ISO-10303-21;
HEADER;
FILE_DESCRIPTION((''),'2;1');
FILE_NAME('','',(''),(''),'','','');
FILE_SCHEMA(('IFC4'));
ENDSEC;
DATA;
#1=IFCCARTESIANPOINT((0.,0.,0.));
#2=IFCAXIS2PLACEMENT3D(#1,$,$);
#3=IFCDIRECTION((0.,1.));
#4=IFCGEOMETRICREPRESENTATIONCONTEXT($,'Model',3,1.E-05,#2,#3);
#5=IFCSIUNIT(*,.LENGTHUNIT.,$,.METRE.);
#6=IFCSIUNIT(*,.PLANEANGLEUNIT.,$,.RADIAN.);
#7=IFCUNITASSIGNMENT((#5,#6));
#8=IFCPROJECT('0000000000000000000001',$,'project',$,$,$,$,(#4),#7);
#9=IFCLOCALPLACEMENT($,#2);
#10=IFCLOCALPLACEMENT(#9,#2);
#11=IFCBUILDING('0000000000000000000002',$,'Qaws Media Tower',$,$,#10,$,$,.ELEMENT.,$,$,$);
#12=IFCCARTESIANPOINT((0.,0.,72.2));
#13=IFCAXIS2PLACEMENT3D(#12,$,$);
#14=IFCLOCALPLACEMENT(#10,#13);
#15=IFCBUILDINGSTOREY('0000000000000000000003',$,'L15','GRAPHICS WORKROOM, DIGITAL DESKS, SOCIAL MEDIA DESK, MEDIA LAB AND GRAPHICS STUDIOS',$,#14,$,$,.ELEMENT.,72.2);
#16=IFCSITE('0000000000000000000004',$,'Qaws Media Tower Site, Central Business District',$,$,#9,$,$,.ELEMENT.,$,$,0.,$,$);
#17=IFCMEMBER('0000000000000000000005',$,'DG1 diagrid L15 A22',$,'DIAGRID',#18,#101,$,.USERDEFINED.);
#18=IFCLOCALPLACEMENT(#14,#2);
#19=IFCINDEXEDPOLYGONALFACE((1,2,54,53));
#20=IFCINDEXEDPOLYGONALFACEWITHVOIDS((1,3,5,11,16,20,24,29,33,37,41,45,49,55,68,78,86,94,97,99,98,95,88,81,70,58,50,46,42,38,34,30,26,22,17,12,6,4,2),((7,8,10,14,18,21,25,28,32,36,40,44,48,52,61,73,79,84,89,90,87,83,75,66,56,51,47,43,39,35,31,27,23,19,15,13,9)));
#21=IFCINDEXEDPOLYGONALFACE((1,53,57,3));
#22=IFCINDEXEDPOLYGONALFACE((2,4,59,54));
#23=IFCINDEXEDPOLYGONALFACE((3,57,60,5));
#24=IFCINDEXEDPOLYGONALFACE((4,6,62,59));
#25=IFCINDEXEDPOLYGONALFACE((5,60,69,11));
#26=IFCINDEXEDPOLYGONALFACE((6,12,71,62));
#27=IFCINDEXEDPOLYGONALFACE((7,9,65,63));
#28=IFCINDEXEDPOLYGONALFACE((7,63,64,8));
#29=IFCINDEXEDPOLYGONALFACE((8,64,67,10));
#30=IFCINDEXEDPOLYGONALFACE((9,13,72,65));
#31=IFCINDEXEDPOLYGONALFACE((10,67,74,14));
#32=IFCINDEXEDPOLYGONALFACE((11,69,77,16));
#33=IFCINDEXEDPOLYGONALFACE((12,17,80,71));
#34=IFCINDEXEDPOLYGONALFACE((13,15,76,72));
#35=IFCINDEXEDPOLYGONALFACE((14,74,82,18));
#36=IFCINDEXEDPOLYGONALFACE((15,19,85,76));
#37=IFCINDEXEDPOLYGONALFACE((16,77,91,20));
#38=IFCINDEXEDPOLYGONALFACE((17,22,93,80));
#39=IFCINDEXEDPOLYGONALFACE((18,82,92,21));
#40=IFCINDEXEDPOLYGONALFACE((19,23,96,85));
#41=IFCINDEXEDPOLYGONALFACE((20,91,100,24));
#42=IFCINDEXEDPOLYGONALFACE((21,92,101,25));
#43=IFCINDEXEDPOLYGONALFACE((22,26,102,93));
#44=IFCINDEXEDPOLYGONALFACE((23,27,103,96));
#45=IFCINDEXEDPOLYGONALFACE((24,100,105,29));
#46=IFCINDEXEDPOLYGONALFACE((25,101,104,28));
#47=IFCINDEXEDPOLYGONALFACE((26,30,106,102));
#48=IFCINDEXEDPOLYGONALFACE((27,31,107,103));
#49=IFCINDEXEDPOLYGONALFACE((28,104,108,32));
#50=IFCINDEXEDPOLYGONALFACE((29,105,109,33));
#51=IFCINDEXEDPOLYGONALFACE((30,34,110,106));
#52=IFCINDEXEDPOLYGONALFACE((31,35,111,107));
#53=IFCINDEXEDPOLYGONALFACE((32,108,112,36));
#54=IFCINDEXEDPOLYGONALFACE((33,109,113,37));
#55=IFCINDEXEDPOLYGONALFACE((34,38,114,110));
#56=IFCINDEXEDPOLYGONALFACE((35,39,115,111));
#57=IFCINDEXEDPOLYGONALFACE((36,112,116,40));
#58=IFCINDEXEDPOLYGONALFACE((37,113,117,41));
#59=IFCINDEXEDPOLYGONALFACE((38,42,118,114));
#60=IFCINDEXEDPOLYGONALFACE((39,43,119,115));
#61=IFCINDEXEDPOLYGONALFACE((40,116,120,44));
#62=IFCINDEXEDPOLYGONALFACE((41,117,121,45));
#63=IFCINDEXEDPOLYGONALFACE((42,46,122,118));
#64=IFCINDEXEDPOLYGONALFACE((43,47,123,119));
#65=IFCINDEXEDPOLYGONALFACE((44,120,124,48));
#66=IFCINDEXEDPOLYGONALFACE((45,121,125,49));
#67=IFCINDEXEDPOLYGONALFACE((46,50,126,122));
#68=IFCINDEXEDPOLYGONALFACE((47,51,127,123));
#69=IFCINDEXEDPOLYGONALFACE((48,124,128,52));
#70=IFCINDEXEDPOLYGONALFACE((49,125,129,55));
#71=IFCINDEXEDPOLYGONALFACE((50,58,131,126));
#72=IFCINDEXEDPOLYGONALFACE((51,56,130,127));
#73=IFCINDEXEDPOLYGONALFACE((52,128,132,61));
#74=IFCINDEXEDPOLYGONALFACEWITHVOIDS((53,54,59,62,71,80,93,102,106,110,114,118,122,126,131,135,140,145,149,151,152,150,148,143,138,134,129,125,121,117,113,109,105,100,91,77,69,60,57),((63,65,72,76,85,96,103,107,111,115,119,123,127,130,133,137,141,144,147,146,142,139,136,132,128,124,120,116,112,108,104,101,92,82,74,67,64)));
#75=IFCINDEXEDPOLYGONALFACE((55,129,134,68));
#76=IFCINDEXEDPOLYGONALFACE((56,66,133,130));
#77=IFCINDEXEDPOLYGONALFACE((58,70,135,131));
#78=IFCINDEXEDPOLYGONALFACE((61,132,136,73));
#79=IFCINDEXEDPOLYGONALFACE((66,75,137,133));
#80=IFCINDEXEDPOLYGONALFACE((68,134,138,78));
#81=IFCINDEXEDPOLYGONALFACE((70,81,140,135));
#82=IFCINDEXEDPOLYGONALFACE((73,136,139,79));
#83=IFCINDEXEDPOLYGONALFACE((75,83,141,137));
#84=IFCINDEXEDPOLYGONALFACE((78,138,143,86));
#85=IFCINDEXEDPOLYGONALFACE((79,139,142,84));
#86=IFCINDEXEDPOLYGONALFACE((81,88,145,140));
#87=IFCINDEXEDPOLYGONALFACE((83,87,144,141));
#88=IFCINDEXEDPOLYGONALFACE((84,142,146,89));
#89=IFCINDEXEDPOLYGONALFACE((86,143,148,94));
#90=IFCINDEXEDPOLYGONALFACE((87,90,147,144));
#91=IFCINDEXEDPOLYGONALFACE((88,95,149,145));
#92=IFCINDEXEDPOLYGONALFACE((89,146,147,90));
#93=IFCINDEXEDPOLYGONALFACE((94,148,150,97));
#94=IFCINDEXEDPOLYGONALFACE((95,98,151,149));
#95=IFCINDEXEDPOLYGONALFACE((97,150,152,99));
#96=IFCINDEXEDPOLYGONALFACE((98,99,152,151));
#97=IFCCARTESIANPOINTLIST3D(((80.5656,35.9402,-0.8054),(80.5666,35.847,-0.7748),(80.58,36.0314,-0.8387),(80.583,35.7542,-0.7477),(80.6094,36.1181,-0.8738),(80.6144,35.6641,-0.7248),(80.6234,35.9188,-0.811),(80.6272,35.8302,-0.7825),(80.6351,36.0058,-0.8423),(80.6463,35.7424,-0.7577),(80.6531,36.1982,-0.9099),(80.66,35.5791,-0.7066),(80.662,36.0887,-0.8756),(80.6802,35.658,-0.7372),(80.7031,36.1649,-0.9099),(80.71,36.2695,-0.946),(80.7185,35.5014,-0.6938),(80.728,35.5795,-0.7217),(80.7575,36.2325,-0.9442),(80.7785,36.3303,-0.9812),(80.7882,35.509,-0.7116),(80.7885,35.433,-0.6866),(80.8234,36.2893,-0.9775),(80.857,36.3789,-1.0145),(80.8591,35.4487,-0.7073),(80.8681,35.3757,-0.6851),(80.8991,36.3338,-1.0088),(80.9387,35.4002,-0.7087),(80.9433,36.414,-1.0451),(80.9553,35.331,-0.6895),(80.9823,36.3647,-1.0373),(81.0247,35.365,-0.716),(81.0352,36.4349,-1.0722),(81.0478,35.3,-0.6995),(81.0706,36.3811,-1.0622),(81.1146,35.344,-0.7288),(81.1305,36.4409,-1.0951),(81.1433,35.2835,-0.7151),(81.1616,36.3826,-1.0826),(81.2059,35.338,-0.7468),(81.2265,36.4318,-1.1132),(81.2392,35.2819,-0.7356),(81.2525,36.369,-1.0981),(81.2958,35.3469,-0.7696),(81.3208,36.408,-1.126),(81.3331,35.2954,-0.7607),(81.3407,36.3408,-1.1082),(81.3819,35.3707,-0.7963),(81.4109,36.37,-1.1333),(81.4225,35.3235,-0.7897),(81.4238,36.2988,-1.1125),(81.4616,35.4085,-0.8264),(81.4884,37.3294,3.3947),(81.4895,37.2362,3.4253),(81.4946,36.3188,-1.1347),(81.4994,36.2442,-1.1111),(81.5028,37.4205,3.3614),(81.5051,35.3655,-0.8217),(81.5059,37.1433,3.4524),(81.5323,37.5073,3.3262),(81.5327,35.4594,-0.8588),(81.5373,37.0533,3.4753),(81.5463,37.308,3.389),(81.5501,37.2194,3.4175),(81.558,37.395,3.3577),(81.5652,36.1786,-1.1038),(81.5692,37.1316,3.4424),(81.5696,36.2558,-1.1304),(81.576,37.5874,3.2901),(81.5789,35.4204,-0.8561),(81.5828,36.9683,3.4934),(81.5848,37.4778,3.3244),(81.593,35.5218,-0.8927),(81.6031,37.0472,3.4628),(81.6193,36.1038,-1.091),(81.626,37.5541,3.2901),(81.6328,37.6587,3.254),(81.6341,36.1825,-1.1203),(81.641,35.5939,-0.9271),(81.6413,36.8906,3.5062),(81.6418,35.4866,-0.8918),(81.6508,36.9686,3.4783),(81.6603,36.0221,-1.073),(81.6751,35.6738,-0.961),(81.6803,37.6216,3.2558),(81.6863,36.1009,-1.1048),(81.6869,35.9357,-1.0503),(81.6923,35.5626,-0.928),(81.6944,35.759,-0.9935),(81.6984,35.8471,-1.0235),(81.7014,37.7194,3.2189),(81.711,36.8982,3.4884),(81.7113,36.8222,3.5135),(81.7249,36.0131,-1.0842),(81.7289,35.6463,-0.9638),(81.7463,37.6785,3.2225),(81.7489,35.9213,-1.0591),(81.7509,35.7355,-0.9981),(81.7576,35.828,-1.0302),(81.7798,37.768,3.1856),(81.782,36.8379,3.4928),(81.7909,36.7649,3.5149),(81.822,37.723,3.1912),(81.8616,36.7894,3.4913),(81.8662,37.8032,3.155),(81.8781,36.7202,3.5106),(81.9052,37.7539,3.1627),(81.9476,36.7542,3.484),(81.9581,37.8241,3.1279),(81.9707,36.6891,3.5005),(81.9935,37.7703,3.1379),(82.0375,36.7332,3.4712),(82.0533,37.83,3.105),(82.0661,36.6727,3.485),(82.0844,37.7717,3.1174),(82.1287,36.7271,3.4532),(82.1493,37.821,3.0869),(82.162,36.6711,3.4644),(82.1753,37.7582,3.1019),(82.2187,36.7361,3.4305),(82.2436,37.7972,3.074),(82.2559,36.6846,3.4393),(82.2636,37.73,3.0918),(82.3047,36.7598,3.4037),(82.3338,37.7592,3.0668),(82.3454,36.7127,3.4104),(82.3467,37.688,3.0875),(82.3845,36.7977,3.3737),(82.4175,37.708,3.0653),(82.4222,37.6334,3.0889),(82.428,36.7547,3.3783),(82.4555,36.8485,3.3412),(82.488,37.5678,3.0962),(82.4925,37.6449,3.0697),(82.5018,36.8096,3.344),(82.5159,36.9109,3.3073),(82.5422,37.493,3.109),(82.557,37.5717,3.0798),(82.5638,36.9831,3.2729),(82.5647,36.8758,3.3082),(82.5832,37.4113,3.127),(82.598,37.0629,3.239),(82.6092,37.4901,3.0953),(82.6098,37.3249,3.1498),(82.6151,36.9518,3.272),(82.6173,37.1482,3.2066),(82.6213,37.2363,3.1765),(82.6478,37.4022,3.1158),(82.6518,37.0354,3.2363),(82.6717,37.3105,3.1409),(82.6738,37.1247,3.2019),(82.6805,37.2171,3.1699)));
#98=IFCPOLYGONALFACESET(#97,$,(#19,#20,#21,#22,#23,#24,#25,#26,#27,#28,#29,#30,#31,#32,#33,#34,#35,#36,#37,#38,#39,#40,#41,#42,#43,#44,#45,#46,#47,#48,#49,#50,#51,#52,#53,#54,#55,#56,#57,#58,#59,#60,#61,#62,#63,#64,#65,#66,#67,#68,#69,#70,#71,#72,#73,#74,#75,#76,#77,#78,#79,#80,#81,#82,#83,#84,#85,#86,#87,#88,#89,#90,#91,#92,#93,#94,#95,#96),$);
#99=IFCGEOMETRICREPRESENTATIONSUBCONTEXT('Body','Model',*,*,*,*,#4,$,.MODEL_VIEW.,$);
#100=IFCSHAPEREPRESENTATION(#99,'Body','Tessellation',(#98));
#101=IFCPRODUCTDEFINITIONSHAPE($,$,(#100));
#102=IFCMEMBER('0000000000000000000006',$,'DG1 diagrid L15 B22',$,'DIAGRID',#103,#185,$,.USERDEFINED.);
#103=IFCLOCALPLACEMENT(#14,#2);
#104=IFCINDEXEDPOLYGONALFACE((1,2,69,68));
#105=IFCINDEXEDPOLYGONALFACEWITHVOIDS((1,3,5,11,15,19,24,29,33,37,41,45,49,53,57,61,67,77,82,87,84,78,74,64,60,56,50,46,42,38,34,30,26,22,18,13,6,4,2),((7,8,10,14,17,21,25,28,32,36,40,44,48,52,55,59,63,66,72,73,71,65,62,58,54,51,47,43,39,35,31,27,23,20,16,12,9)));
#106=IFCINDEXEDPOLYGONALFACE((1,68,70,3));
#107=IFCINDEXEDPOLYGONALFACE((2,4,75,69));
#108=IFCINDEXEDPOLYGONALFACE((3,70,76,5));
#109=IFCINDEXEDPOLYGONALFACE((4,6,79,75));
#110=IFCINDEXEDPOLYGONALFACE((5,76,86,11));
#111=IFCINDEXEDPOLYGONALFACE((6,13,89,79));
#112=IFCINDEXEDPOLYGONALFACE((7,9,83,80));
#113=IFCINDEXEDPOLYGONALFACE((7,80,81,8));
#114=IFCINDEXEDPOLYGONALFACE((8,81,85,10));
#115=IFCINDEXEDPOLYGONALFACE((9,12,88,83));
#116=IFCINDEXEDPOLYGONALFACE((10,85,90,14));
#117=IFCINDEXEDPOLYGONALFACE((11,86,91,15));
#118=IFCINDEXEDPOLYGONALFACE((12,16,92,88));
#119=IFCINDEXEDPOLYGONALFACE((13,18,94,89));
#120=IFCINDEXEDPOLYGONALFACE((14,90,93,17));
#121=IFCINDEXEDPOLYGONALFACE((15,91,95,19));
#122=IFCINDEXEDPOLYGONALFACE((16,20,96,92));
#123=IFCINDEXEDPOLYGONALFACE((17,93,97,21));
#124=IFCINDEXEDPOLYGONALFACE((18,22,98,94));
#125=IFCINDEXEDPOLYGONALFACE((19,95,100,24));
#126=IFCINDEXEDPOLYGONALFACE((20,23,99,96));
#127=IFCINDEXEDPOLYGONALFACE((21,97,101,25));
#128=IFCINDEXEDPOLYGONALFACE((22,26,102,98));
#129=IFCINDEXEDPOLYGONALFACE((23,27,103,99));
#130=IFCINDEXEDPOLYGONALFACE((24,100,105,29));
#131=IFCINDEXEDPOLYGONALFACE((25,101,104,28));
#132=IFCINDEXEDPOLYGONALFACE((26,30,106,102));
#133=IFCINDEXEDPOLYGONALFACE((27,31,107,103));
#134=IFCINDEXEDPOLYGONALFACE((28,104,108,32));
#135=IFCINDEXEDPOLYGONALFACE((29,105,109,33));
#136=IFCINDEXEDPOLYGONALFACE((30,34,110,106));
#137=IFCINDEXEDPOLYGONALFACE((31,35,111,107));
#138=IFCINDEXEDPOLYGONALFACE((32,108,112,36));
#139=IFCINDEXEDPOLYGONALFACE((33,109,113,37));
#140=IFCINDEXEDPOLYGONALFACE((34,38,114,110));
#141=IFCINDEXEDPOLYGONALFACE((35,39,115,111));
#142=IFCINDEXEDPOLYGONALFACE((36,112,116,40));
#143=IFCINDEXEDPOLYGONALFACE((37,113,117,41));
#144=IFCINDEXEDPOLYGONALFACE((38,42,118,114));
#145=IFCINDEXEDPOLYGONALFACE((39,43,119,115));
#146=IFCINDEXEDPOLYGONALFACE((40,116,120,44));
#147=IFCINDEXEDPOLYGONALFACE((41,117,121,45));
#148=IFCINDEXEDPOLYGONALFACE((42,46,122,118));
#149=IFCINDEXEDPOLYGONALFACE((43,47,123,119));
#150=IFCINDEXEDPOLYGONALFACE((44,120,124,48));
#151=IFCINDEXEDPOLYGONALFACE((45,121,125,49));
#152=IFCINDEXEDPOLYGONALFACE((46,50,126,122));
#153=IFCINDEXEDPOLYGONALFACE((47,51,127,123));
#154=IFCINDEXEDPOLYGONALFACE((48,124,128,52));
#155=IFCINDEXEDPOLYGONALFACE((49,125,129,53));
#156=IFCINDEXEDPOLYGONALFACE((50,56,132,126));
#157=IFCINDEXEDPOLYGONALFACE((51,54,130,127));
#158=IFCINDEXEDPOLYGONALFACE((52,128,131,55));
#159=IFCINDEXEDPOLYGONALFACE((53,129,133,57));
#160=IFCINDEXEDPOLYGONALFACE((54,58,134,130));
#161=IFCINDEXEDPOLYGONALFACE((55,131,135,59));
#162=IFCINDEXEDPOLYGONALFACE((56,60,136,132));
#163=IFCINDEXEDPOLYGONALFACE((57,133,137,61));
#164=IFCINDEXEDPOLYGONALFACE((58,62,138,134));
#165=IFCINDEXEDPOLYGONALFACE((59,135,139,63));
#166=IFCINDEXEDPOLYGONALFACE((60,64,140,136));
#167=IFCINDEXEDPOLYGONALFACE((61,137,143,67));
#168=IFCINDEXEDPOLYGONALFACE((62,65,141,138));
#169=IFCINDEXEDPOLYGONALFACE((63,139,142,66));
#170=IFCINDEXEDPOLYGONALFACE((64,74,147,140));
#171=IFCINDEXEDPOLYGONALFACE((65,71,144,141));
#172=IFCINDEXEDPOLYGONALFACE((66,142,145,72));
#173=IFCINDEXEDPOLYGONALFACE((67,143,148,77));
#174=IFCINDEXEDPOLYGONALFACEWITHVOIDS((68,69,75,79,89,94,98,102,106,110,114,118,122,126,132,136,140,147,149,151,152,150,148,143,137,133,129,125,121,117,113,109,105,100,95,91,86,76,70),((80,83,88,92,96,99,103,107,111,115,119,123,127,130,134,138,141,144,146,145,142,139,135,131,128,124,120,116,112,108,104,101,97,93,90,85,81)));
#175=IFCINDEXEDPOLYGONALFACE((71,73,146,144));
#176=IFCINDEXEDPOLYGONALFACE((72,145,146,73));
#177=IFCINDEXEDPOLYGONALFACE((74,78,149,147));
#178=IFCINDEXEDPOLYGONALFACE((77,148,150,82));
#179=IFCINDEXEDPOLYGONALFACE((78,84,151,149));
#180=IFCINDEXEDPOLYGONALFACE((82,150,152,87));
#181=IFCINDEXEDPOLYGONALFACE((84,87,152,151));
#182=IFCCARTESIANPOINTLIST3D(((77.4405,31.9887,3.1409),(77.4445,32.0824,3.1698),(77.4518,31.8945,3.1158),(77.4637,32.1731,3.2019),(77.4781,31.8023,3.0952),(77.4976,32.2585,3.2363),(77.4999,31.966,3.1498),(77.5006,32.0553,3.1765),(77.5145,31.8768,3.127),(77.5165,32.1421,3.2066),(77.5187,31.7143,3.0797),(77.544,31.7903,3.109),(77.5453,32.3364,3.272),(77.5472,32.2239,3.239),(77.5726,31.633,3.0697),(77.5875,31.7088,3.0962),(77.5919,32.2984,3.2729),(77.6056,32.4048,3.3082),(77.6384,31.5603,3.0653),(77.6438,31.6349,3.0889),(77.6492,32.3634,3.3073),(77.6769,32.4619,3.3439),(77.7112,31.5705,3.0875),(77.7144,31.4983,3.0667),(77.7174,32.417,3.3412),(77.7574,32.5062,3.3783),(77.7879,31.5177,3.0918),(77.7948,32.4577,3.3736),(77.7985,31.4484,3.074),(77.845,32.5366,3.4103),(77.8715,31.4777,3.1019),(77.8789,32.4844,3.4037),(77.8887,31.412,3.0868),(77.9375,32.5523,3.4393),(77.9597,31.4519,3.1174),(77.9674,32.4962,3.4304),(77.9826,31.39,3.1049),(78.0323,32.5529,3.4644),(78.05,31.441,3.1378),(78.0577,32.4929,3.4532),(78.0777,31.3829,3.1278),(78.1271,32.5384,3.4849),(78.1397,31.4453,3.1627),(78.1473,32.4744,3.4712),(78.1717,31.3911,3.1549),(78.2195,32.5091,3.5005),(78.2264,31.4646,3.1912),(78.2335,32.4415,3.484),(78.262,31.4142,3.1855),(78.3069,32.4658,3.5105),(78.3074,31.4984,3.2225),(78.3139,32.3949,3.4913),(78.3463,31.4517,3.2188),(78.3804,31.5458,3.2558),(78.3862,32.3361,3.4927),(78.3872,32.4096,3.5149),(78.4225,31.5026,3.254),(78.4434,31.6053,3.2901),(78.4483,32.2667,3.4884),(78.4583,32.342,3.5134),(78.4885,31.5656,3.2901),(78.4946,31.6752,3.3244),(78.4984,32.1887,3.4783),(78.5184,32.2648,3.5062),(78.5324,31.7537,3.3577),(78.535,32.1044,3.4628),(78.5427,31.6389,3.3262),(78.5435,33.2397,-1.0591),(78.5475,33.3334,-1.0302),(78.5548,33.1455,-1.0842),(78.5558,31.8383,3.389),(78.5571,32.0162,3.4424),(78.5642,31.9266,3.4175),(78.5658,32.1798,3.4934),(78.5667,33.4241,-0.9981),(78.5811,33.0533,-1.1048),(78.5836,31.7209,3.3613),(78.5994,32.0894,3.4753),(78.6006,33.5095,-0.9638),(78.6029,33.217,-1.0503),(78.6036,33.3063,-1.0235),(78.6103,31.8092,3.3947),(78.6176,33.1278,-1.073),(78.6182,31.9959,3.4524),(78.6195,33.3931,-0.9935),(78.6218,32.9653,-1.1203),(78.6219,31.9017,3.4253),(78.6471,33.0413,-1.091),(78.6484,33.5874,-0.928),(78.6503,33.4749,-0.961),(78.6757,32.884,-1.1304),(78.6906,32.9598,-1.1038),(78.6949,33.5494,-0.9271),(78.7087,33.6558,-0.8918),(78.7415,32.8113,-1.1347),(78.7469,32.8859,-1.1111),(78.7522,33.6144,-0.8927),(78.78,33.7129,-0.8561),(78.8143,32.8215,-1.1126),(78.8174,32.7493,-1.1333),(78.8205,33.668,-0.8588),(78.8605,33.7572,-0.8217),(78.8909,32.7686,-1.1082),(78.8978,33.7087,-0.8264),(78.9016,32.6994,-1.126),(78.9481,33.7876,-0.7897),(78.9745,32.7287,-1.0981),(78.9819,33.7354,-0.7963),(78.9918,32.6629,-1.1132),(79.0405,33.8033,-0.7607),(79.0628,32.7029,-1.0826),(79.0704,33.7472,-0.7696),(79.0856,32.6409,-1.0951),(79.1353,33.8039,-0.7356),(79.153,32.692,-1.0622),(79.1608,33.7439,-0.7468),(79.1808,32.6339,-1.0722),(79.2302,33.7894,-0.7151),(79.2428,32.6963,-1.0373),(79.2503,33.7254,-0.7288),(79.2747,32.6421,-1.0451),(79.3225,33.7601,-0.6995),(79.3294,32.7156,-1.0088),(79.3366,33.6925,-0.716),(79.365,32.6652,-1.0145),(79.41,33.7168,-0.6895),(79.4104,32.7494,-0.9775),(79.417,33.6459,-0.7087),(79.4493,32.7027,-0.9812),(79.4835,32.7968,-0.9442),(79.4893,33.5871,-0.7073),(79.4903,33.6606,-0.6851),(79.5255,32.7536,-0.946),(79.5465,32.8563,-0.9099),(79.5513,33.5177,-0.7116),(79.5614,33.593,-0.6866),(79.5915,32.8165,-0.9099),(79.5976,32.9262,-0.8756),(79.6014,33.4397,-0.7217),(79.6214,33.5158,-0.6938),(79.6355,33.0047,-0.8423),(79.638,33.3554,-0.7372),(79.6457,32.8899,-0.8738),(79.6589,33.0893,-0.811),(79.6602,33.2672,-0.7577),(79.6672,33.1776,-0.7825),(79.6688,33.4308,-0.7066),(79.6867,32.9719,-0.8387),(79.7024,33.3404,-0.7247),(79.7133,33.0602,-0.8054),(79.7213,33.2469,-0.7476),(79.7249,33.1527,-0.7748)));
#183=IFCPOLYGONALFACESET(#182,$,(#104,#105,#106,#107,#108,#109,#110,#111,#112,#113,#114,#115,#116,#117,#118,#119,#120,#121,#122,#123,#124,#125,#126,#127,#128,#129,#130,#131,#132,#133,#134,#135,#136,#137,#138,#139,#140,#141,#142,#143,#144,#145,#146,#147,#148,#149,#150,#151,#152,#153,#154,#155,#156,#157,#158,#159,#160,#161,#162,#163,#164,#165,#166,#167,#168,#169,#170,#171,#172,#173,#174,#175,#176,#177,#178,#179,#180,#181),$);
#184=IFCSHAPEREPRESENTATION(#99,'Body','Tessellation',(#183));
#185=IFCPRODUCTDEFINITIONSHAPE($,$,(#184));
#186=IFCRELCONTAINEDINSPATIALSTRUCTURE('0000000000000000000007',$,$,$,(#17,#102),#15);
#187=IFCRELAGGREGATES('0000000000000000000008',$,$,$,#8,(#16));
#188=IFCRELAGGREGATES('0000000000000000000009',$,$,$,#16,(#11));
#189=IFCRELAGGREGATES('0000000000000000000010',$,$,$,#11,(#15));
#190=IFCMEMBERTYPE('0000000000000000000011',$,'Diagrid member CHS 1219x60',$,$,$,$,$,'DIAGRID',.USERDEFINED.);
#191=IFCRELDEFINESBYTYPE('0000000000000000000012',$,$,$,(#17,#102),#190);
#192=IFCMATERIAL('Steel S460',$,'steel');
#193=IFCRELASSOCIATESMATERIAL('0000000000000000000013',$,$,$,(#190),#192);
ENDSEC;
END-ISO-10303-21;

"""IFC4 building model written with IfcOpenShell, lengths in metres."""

from ifc_helpers import new_model, si_unit, direction, frame, origin, origin_2d, place, context, subcontext, project, spatial, hollow_circle, extrude, material, material_profile, profile_set, type_object, element, save


model = new_model("IFC4")

# Units and contexts
model_context = context("Model", 3, precision=1e-05, world=origin(), true_north=direction((0.0, 1.0)))
body_context = subcontext(model_context, "Body", "Model", "MODEL_VIEW")
ifc_project = project(units=[si_unit("LENGTHUNIT", "METRE"), si_unit("PLANEANGLEUNIT", "RADIAN")], contexts=[model_context])

# Site, building, storey
site_placement = place(None, origin())
site = spatial("IfcSite", under=ifc_project, at=site_placement, Name="Qaws Media Tower Site, Central Business District", CompositionType="ELEMENT", RefElevation=0.0)
building_placement = place(site_placement, origin())
building = spatial("IfcBuilding", under=site, at=building_placement, Name="Qaws Media Tower", CompositionType="ELEMENT")
storey_placement = place(building_placement, frame((0.0, 0.0, 72.2)))
storey = spatial("IfcBuildingStorey", under=building, at=storey_placement, Name="L15", Description="GRAPHICS WORKROOM, DIGITAL DESKS, SOCIAL MEDIA DESK, MEDIA LAB AND GRAPHICS STUDIOS", CompositionType="ELEMENT", Elevation=72.2)

# Members
ifc_material_1 = material(Name="Steel S460", Category="steel")
ifc_material_profile_1 = material_profile(ifc_material_1, hollow_circle(Radius=0.6096, WallThickness=0.0601, at=origin_2d()), Name="CHS 1219x60")
ifc_profile_set_1 = profile_set([ifc_material_profile_1], Name="Steel S460")
member_type_1 = type_object("IfcMemberType", Name="Diagrid member CHS 1219x60", ElementType="DIAGRID", PredefinedType="USERDEFINED", material=ifc_profile_set_1)
for number, where, z_axis, x_axis, name in (
    (1, (81.1609, 35.8608, -0.9099), (0.204218, 0.307407, 0.929406), (-0.83295, 0.553348, 0.0), "DG1 diagrid L15 A22"),
    (2, (79.1343, 33.2197, -0.9099), (-0.244088, -0.276827, 0.929402), (0.750068, -0.66136, 0.0), "DG1 diagrid L15 B22"),
):
    element("IfcMember", number, at=place(storey_placement, frame(where, z_axis=z_axis, x_axis=x_axis)), inside=storey, type_object=member_type_1, Name=name, ObjectType="DIAGRID", PredefinedType="USERDEFINED", context=body_context, shape_type="SweptSolid", body=[
        extrude(hollow_circle(Radius=0.6096, WallThickness=0.0601, at=origin_2d()), origin(), (0.0, 0.0, 1.0), 4.519),
    ])

save(model, "model.ifc")
